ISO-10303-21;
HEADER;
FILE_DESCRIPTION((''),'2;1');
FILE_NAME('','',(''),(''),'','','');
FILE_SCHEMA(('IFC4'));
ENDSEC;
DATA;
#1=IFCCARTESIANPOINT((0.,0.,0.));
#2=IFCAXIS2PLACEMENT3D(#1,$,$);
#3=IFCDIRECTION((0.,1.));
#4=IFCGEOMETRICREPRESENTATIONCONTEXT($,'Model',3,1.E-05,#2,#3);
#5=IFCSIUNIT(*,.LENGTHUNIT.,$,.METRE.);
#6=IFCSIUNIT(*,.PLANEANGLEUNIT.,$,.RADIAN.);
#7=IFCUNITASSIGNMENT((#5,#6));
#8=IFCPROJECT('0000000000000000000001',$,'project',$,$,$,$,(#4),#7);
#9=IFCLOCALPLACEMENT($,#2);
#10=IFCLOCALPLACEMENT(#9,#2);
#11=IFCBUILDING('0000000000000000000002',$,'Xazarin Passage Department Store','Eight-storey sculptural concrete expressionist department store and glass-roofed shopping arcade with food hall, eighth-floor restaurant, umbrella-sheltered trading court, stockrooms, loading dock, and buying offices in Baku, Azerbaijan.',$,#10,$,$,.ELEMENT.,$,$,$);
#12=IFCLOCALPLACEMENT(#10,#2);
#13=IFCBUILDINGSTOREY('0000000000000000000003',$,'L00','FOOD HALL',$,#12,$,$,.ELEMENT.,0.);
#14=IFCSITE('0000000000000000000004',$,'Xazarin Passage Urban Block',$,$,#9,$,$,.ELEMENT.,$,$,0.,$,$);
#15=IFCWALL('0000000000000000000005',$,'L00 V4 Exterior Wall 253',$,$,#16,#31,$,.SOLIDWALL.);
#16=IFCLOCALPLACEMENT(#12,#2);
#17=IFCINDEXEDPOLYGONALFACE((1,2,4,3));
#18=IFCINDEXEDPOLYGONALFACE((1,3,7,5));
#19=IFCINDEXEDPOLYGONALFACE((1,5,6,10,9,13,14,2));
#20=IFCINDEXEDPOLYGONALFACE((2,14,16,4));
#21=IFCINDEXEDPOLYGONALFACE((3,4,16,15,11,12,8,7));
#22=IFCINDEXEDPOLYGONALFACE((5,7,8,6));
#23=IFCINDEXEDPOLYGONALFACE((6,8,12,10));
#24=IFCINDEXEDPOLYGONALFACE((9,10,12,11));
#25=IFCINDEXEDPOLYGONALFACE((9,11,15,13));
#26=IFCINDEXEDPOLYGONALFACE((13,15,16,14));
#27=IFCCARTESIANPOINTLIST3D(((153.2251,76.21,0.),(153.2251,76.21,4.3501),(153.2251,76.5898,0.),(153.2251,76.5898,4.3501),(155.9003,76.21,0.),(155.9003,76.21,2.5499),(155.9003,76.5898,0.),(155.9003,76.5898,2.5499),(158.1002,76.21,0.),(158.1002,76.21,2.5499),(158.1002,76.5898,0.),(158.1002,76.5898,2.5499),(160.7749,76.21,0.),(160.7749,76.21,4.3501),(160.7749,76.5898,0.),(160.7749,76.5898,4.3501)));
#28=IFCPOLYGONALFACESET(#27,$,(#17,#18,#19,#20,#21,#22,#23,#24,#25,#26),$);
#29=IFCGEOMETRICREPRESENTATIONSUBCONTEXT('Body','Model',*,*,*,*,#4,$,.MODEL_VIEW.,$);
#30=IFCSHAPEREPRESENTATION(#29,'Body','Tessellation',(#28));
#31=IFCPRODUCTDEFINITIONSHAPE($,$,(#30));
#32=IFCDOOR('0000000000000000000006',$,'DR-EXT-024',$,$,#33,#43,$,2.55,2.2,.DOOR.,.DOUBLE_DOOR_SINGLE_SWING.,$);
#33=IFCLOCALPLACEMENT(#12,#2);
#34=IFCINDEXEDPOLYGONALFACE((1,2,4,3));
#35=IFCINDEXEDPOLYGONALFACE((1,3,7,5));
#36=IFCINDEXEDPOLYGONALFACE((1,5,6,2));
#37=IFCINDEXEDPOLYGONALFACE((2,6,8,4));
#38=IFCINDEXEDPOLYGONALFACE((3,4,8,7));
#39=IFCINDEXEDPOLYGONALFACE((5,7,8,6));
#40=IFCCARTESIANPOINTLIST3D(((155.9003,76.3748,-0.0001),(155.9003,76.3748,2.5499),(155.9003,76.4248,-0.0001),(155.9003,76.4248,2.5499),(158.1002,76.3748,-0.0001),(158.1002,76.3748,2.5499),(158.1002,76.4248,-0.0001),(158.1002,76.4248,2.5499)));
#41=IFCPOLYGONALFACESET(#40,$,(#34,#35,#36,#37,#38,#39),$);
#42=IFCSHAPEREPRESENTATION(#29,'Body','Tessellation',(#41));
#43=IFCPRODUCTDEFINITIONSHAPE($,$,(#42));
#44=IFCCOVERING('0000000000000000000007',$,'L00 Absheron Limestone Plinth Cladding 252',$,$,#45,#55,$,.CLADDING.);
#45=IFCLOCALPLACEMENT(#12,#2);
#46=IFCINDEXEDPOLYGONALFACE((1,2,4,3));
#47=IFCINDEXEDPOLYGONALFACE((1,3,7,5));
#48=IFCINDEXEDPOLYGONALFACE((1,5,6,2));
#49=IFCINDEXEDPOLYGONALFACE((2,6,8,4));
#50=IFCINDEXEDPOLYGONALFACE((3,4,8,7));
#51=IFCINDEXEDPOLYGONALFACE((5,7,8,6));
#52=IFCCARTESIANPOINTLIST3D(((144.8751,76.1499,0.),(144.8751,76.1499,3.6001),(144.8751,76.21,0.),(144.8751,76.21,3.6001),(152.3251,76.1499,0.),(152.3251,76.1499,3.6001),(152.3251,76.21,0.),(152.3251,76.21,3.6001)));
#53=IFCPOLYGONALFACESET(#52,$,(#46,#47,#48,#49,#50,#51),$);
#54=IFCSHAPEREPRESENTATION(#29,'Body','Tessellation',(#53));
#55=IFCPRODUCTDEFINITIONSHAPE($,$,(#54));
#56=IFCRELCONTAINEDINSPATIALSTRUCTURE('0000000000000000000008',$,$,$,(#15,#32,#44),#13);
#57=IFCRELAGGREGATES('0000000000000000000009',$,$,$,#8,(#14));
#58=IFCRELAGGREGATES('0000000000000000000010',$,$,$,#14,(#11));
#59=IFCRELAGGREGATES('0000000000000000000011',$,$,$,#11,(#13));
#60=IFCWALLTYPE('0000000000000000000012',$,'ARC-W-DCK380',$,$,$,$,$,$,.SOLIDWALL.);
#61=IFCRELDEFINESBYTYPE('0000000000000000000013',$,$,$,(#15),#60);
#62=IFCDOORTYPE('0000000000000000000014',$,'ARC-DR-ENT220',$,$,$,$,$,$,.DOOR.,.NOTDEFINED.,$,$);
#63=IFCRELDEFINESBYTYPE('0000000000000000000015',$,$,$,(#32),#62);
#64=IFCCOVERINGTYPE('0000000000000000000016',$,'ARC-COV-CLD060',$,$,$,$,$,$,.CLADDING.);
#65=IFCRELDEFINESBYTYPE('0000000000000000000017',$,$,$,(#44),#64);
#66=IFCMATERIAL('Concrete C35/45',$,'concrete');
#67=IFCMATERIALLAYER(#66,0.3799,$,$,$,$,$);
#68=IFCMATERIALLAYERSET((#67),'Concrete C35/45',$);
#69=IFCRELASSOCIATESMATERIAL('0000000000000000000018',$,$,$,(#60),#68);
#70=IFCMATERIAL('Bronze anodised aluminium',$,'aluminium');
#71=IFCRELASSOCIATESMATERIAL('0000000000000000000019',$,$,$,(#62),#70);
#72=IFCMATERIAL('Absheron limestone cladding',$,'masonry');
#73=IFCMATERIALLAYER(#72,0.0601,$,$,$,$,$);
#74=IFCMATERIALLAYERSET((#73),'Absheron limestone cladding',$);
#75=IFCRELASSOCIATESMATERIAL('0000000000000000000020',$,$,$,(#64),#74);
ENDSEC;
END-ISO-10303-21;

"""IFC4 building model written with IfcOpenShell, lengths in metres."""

from ifc_helpers import new_model, si_unit, direction, frame, frame_2d, origin, origin_2d, place, context, subcontext, project, spatial, rectangle, extrude, material, layer, layer_set, type_object, element, fill, save


model = new_model("IFC4")

# Units and contexts
model_context = context("Model", 3, precision=1e-05, world=origin(), true_north=direction((0.0, 1.0)))
body_context = subcontext(model_context, "Body", "Model", "MODEL_VIEW")
ifc_project = project(units=[si_unit("LENGTHUNIT", "METRE"), si_unit("PLANEANGLEUNIT", "RADIAN")], contexts=[model_context])

# Site, building, storey
site_placement = place(None, origin())
site = spatial("IfcSite", under=ifc_project, at=site_placement, Name="Xazarin Passage Urban Block", CompositionType="ELEMENT", RefElevation=0.0)
building_placement = place(site_placement, origin())
building = spatial("IfcBuilding", under=site, at=building_placement, Name="Xazarin Passage Department Store", Description="Eight-storey sculptural concrete expressionist department store and glass-roofed shopping arcade with food hall, eighth-floor restaurant, umbrella-sheltered trading court, stockrooms, loading dock, and buying offices in Baku, Azerbaijan.", CompositionType="ELEMENT")
storey_placement = place(building_placement, origin())
storey = spatial("IfcBuildingStorey", under=building, at=storey_placement, Name="L00", Description="FOOD HALL", CompositionType="ELEMENT", Elevation=0.0)

# Shared definitions
ifc_material_1 = material(Name="Concrete C35/45", Category="concrete")

# Wall, opening, door
ifc_layer_1 = layer(ifc_material_1, 0.3799)
ifc_layer_set_1 = layer_set([ifc_layer_1], Name="Concrete C35/45")
wall_type = type_object("IfcWallType", Name="ARC-W-DCK380", PredefinedType="SOLIDWALL", material=ifc_layer_set_1)
wall_1_placement = place(storey_placement, frame((153.2251, 76.3999, 0.0), z_axis=(0.0, 0.0, 1.0), x_axis=(1.0, 0.0, 0.0)))
wall_1 = element("IfcWall", 1, at=wall_1_placement, inside=storey, type_object=wall_type, Name="L00 V4 Exterior Wall 253", PredefinedType="SOLIDWALL", context=body_context, shape_type="SweptSolid", body=[
    extrude(rectangle(XDim=7.5498, YDim=0.3799, at=frame_2d((3.7749, 0.0))), origin(), (0.0, 0.0, 1.0), 4.3501),
])
opening_1_placement = place(wall_1_placement, frame((2.675, 0.0, 0.0)))
opening_1 = element("IfcOpeningElement", 2, at=opening_1_placement, cuts=wall_1, PredefinedType="OPENING", context=body_context, shape_type="SweptSolid", body=[
    extrude(rectangle(XDim=2.2, YDim=2.55, at=frame_2d((1.1001, 1.2749))), frame((0.0, 0.2, 0.0), z_axis=(0.0, -1.0, 0.0), x_axis=(1.0, 0.0, 0.0)), (0.0, 0.0, 1.0), 0.3999),
])
ifc_material_2 = material(Name="Bronze anodised aluminium", Category="aluminium")
door_type_1 = type_object("IfcDoorType", Name="ARC-DR-ENT220", OperationType="NOTDEFINED", PredefinedType="DOOR", material=ifc_material_2)
door_1_placement = place(opening_1_placement, origin())
door_1 = element("IfcDoor", 3, at=door_1_placement, inside=storey, type_object=door_type_1, Name="DR-EXT-024", OperationType="DOUBLE_DOOR_SINGLE_SWING", OverallHeight=2.55, OverallWidth=2.2, PredefinedType="DOOR", context=body_context, shape_type="SweptSolid", body=[
    extrude(rectangle(XDim=2.2, YDim=2.55, at=frame_2d((1.1001, 1.2749))), frame((0.0, 0.0249, 0.0), z_axis=(0.0, -1.0, 0.0), x_axis=(1.0, 0.0, 0.0)), (0.0, 0.0, 1.0), 0.05),
])
fill(opening_1, door_1)

# Covering
ifc_material_3 = material(Name="Absheron limestone cladding", Category="masonry")
ifc_layer_2 = layer(ifc_material_3, 0.0601)
ifc_layer_set_2 = layer_set([ifc_layer_2], Name="Absheron limestone cladding")
covering_type = type_object("IfcCoveringType", Name="ARC-COV-CLD060", PredefinedType="CLADDING", material=ifc_layer_set_2)
covering_placement = place(storey_placement, frame((148.6001, 76.1799, 0.0), z_axis=(0.0, 0.0, 1.0), x_axis=(1.0, 0.0, 0.0)))
element("IfcCovering", 4, at=covering_placement, inside=storey, type_object=covering_type, Name="L00 Absheron Limestone Plinth Cladding 252", PredefinedType="CLADDING", context=body_context, shape_type="SweptSolid", body=[
    extrude(rectangle(XDim=7.45, YDim=0.0601, at=origin_2d()), origin(), (0.0, 0.0, 1.0), 3.6001),
])

save(model, "model.ifc")
